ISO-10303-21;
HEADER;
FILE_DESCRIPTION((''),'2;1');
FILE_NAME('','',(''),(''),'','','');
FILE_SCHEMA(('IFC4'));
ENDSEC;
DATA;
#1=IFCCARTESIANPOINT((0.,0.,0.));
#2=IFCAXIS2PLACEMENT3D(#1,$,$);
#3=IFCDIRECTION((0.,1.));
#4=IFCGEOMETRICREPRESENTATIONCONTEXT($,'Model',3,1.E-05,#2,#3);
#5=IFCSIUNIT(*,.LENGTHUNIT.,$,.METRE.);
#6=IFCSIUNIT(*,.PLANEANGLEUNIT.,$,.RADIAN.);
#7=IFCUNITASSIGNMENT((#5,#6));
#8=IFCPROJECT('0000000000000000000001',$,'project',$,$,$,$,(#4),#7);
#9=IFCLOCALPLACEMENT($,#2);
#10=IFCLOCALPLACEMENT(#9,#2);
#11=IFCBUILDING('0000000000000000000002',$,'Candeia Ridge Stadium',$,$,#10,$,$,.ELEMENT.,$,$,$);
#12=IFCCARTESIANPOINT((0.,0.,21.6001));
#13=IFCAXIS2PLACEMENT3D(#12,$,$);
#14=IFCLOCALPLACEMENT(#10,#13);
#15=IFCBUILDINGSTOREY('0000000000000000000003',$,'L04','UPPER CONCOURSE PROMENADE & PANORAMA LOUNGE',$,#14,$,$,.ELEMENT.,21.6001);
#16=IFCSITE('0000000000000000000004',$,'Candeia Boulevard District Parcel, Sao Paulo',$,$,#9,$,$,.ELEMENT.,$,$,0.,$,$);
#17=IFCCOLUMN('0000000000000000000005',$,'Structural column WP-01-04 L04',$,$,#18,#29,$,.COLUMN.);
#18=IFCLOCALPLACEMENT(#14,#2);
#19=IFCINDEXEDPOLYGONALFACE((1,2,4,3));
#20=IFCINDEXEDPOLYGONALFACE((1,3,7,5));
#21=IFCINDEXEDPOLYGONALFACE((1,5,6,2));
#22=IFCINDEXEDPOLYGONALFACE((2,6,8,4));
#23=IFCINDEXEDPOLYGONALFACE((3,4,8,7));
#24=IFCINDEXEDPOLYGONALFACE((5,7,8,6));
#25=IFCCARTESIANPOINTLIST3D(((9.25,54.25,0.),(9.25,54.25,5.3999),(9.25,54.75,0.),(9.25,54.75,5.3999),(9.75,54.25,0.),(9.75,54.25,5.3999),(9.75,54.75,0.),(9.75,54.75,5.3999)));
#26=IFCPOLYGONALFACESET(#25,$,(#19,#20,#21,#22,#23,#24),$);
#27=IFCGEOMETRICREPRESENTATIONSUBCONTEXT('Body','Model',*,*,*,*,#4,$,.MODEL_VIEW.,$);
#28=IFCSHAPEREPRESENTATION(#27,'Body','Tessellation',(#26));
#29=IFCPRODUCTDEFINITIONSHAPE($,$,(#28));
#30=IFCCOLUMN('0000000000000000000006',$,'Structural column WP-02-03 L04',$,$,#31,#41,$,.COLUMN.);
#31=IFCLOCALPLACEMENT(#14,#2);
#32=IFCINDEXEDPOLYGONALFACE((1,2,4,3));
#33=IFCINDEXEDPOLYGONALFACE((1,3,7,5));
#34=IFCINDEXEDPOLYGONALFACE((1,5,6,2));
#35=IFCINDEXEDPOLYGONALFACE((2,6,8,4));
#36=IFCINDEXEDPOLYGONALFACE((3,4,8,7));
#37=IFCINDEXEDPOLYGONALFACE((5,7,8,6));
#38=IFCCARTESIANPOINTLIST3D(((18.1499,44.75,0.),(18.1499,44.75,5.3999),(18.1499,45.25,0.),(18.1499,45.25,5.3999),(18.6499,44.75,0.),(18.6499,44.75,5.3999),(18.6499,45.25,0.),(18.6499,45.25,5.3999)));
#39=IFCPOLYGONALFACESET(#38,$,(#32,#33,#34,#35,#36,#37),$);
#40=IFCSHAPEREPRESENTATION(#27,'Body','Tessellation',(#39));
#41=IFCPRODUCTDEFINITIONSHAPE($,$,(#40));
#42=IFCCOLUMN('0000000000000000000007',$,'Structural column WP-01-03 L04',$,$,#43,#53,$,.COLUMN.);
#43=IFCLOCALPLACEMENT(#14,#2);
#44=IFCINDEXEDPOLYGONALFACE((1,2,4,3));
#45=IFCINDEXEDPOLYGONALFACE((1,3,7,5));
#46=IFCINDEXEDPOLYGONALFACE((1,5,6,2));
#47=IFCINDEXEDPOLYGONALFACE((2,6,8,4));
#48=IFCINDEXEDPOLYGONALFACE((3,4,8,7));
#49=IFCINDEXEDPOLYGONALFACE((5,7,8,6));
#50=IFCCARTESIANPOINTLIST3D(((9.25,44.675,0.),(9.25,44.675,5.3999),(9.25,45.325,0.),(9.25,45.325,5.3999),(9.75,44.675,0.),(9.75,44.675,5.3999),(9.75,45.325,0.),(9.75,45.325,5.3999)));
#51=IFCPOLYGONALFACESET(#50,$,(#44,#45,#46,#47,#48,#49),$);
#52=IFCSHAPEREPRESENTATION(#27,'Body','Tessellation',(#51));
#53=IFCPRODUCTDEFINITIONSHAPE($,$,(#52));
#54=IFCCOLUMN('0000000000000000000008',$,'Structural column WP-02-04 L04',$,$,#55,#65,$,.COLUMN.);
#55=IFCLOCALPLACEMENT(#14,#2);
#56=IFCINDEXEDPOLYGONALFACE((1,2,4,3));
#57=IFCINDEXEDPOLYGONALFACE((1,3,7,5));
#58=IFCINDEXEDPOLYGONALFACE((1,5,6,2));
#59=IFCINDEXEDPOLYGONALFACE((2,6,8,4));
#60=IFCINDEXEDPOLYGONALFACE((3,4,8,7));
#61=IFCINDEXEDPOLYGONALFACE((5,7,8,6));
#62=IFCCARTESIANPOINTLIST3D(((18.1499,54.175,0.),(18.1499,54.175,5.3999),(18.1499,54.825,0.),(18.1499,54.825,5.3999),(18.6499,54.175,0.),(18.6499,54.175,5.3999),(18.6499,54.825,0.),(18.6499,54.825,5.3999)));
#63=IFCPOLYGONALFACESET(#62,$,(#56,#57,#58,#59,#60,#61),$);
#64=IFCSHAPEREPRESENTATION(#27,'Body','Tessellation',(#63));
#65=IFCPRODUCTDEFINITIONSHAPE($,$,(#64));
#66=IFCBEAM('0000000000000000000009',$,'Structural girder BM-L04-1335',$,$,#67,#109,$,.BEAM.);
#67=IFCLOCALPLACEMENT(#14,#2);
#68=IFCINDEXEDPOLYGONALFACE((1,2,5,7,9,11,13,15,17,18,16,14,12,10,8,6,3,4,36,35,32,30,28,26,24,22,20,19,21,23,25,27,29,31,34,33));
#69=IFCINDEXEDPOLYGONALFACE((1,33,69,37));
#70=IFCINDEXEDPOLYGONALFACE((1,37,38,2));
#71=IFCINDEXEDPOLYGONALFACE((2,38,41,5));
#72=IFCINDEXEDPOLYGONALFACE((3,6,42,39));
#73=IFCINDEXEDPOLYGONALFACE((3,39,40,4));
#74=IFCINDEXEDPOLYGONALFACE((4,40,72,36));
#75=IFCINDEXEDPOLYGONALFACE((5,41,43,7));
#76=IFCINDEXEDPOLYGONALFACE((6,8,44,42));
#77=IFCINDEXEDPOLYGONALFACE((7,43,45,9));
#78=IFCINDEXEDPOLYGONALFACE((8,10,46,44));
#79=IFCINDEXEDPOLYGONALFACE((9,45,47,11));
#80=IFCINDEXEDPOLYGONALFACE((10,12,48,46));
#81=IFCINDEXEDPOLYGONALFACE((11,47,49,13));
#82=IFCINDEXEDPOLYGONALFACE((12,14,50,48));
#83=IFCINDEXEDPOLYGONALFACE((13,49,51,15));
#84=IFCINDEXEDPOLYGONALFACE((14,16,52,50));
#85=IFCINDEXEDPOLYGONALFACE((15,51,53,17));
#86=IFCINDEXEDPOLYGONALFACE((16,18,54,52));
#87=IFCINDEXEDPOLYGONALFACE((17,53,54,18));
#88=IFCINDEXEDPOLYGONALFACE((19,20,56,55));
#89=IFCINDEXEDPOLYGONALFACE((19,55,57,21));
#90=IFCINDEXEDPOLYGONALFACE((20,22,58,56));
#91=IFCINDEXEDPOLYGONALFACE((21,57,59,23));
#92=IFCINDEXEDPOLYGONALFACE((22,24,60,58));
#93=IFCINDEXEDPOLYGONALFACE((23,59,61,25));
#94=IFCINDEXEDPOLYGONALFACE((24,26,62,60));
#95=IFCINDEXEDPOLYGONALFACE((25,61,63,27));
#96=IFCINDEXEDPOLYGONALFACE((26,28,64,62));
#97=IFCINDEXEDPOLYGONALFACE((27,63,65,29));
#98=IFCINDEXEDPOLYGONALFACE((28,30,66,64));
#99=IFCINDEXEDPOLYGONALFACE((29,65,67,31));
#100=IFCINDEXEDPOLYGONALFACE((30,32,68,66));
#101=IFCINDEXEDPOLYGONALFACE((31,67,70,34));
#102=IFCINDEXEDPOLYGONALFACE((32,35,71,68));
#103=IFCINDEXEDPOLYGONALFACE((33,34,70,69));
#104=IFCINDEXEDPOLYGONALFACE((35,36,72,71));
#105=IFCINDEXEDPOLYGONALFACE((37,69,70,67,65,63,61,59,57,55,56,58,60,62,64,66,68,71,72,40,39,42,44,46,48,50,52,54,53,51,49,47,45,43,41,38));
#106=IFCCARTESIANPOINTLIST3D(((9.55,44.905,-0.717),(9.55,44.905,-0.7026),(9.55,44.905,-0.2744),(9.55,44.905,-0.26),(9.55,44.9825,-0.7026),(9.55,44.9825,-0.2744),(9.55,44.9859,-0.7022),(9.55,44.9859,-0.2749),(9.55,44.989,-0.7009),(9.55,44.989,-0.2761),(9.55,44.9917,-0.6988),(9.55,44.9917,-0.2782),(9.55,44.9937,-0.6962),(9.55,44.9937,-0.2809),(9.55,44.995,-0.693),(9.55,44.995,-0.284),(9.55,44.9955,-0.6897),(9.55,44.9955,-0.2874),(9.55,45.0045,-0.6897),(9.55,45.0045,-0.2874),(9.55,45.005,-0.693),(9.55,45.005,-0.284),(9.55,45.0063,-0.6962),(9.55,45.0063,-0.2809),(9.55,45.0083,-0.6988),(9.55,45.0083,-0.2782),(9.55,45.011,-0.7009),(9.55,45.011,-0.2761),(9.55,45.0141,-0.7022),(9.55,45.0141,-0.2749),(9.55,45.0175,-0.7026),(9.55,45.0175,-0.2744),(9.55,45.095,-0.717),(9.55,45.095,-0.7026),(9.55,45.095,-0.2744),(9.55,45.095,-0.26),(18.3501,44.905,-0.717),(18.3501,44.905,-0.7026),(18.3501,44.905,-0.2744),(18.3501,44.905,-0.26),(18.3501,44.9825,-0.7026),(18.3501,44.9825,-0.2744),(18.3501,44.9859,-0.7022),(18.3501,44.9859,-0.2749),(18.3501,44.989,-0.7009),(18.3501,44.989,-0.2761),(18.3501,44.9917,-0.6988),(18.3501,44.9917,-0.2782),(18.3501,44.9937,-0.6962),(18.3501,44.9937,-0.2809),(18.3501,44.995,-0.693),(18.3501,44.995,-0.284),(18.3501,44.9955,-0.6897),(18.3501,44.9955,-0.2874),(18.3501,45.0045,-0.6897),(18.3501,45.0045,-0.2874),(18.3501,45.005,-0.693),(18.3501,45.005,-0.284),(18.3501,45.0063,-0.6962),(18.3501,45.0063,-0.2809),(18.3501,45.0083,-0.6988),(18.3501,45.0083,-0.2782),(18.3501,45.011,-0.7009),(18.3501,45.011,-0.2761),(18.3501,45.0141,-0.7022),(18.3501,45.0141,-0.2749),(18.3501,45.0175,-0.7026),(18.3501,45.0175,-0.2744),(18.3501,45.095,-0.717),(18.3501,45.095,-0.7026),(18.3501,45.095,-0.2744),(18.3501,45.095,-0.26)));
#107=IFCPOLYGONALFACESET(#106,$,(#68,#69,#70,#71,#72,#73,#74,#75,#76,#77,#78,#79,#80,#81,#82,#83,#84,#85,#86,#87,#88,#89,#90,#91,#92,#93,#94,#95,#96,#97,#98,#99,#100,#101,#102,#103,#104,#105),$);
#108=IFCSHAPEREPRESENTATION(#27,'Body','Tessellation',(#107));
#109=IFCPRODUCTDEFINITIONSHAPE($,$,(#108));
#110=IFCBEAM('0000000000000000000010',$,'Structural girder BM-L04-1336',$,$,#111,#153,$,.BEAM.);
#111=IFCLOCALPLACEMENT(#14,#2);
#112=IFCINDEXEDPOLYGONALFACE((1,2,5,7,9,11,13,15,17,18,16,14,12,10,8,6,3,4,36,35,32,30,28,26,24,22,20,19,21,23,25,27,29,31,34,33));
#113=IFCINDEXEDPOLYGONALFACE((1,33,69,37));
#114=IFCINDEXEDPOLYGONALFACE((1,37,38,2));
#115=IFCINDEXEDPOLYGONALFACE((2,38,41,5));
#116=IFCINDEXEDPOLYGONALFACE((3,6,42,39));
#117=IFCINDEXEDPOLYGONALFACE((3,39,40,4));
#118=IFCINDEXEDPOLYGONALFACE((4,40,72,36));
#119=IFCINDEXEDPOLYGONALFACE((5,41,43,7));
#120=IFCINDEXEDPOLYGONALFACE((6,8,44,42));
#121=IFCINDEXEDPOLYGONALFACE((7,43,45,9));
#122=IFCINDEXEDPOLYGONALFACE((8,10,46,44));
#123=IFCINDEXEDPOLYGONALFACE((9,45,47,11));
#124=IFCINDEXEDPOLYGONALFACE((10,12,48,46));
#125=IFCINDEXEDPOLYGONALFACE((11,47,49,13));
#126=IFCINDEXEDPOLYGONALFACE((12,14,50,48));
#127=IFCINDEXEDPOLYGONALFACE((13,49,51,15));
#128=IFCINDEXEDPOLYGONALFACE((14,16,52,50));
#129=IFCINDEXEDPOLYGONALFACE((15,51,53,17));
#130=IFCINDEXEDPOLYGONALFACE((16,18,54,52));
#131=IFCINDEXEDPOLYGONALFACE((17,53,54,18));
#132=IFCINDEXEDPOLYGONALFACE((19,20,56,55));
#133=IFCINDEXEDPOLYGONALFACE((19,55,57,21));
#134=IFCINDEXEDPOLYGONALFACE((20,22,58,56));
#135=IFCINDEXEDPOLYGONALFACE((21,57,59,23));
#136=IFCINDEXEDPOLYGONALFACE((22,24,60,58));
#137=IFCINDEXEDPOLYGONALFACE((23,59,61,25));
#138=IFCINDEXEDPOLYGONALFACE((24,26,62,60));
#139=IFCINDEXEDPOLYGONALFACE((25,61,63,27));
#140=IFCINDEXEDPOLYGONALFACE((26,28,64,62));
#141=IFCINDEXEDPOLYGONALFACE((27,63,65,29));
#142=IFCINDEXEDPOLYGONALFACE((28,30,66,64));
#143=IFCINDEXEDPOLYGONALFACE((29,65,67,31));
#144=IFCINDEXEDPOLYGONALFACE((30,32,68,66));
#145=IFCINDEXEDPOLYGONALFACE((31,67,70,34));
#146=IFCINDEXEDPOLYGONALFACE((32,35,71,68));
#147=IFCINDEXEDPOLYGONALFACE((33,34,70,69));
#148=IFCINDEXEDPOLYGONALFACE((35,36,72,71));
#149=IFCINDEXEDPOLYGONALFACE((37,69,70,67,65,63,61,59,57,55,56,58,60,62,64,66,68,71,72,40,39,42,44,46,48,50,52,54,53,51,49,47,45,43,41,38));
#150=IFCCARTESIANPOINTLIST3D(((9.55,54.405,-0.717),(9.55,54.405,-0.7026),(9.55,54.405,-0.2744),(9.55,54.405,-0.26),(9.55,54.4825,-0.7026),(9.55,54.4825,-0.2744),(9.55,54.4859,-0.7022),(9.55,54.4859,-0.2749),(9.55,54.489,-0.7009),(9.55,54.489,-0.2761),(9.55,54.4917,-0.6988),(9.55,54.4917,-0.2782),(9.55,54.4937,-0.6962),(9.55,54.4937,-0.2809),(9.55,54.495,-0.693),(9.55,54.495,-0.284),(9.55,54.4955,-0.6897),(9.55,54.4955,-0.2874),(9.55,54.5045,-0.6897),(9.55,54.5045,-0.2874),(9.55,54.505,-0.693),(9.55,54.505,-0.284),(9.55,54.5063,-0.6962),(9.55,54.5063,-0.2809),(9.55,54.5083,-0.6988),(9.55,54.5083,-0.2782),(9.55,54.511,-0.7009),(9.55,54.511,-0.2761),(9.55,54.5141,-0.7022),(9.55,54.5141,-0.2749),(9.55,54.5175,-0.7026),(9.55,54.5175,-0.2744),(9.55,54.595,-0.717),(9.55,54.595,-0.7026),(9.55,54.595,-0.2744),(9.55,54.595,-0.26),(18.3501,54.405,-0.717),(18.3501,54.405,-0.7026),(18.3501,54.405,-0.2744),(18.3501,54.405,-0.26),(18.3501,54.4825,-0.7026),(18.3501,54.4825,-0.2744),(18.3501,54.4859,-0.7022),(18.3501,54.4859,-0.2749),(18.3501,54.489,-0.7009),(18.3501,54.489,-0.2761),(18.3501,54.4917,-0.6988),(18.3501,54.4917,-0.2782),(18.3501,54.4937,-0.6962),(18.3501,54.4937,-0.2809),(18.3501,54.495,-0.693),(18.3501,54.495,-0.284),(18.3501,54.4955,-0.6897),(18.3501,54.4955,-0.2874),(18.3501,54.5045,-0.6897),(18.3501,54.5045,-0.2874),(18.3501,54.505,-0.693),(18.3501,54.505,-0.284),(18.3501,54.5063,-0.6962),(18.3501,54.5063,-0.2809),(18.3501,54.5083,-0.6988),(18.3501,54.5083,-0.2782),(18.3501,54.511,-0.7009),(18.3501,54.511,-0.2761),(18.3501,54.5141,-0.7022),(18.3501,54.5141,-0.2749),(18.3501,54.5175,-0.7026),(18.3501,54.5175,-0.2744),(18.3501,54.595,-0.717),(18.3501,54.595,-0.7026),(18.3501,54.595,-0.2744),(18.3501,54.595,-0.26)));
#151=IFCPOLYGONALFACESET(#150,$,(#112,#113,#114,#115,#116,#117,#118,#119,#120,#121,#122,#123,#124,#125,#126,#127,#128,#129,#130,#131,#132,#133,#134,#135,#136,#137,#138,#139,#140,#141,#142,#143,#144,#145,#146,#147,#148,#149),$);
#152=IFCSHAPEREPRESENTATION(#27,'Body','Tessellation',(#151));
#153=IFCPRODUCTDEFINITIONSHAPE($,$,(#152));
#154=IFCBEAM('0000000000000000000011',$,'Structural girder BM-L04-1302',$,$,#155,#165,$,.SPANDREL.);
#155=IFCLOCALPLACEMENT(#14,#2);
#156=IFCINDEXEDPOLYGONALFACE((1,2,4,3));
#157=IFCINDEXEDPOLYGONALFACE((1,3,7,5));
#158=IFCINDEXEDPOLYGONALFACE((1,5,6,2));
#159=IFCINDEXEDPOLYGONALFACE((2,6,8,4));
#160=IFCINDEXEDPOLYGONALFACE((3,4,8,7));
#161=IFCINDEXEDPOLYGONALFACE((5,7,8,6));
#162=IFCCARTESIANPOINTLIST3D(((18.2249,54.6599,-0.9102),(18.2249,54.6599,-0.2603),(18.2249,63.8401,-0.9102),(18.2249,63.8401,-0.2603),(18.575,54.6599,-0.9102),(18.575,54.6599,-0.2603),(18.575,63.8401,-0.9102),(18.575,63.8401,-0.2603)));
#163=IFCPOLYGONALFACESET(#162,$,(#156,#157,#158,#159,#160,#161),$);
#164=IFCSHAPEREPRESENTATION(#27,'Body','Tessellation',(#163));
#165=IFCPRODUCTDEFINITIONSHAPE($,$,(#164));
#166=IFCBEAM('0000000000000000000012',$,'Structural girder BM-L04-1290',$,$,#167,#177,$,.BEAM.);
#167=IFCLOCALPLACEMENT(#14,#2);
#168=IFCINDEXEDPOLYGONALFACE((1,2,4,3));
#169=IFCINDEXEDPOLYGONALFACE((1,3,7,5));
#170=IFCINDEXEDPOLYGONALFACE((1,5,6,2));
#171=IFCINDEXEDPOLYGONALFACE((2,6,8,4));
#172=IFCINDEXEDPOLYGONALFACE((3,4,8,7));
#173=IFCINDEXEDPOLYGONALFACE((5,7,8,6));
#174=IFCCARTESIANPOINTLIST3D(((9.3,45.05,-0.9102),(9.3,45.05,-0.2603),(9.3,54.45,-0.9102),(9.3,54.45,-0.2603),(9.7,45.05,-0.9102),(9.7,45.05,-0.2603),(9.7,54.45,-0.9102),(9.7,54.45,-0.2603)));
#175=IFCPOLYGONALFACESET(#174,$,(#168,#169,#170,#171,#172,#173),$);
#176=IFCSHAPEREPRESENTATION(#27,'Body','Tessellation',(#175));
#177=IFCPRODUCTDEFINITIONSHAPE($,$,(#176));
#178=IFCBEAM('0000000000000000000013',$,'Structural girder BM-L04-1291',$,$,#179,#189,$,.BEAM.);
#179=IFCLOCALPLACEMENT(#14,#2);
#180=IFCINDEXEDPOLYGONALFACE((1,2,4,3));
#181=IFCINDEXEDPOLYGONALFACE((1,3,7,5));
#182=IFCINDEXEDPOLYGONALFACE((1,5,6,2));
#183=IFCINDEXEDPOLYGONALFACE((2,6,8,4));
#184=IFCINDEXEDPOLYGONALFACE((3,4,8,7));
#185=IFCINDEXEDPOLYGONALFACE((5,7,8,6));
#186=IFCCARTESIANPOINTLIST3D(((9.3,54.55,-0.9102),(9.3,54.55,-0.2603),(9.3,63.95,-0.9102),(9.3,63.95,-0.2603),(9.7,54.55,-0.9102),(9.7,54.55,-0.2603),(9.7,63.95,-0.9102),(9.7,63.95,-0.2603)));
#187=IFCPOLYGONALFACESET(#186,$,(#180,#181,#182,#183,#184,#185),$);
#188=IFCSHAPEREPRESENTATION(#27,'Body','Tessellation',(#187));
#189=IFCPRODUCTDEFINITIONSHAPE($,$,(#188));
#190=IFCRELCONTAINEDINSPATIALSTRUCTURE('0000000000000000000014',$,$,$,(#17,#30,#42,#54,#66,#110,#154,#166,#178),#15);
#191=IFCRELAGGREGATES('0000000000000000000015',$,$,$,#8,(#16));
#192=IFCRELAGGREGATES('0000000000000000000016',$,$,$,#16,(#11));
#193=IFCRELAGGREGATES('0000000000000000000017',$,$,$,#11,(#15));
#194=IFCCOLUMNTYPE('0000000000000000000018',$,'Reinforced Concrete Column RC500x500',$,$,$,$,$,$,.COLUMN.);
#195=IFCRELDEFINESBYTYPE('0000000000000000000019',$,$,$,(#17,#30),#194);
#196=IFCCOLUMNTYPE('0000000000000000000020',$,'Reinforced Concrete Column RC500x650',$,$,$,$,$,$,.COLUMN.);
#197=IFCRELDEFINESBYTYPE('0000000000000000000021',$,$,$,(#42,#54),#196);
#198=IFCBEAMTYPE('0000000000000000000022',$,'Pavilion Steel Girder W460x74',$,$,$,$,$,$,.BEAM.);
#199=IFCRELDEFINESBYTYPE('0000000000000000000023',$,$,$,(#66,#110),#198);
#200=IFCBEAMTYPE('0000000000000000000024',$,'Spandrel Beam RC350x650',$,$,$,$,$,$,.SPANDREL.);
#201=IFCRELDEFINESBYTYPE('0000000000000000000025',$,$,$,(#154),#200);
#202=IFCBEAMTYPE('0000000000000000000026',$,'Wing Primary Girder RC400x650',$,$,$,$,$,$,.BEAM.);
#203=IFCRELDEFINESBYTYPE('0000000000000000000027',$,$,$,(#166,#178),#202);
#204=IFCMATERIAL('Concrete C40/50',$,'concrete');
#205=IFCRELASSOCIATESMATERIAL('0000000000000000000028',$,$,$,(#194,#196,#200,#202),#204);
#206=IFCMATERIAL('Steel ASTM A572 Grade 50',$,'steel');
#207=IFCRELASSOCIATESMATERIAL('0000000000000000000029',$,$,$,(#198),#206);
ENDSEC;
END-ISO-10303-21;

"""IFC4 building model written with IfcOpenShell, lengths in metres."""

from ifc_helpers import new_model, si_unit, direction, frame, origin, origin_2d, place, context, subcontext, project, spatial, rectangle, i_section, extrude, material, material_profile, profile_set, type_object, element, save


model = new_model("IFC4")

# Units and contexts
model_context = context("Model", 3, precision=1e-05, world=origin(), true_north=direction((0.0, 1.0)))
body_context = subcontext(model_context, "Body", "Model", "MODEL_VIEW")
ifc_project = project(units=[si_unit("LENGTHUNIT", "METRE"), si_unit("PLANEANGLEUNIT", "RADIAN")], contexts=[model_context])

# Site, building, storey
site_placement = place(None, origin())
site = spatial("IfcSite", under=ifc_project, at=site_placement, Name="Candeia Boulevard District Parcel, Sao Paulo", CompositionType="ELEMENT", RefElevation=0.0)
building_placement = place(site_placement, origin())
building = spatial("IfcBuilding", under=site, at=building_placement, Name="Candeia Ridge Stadium", CompositionType="ELEMENT")
storey_placement = place(building_placement, frame((0.0, 0.0, 21.6001)))
storey = spatial("IfcBuildingStorey", under=building, at=storey_placement, Name="L04", Description="UPPER CONCOURSE PROMENADE & PANORAMA LOUNGE", CompositionType="ELEMENT", Elevation=21.6001)

# Columns
ifc_material_1 = material(Name="Concrete C40/50", Category="concrete")
ifc_material_profile_1 = material_profile(ifc_material_1, rectangle(XDim=0.5, YDim=0.5, at=origin_2d()), Name="RC500x500", Category="concrete")
ifc_profile_set_1 = profile_set([ifc_material_profile_1], Name="Concrete C40/50")
column_type_1 = type_object("IfcColumnType", Name="Reinforced Concrete Column RC500x500", PredefinedType="COLUMN", material=ifc_profile_set_1)
for number, where, z_axis, x_axis, name in (
    (1, (9.5, 54.5, 0.0), (0.0, 0.0, 1.0), (1.0, 0.0, 0.0), "Structural column WP-01-04 L04"),
    (2, (18.3999, 45.0, 0.0), (0.0, 0.0, 1.0), (1.0, 0.0, 0.0), "Structural column WP-02-03 L04"),
):
    element("IfcColumn", number, at=place(storey_placement, frame(where, z_axis=z_axis, x_axis=x_axis)), inside=storey, type_object=column_type_1, Name=name, PredefinedType="COLUMN", context=body_context, shape_type="SweptSolid", body=[
        extrude(rectangle(XDim=0.5, YDim=0.5, at=origin_2d()), origin(), (0.0, 0.0, 1.0), 5.3999),
    ])
ifc_material_profile_2 = material_profile(ifc_material_1, rectangle(XDim=0.5, YDim=0.6499, at=origin_2d()), Name="RC500x650", Category="concrete")
ifc_profile_set_2 = profile_set([ifc_material_profile_2], Name="Concrete C40/50")
column_type_2 = type_object("IfcColumnType", Name="Reinforced Concrete Column RC500x650", PredefinedType="COLUMN", material=ifc_profile_set_2)
for number, where, z_axis, x_axis, name in (
    (3, (9.5, 45.0, 0.0), (0.0, 0.0, 1.0), (1.0, 0.0, 0.0), "Structural column WP-01-03 L04"),
    (4, (18.3999, 54.5, 0.0), (0.0, 0.0, 1.0), (1.0, 0.0, 0.0), "Structural column WP-02-04 L04"),
):
    element("IfcColumn", number, at=place(storey_placement, frame(where, z_axis=z_axis, x_axis=x_axis)), inside=storey, type_object=column_type_2, Name=name, PredefinedType="COLUMN", context=body_context, shape_type="SweptSolid", body=[
        extrude(rectangle(XDim=0.5, YDim=0.6499, at=origin_2d()), origin(), (0.0, 0.0, 1.0), 5.3999),
    ])

# Beams
ifc_material_2 = material(Name="Steel ASTM A572 Grade 50", Category="steel")
ifc_material_profile_3 = material_profile(ifc_material_2, i_section(OverallWidth=0.1899, OverallDepth=0.457, WebThickness=0.009, FlangeThickness=0.0144, FilletRadius=0.0129, at=origin_2d()), Name="W460x74", Category="steel")
ifc_profile_set_3 = profile_set([ifc_material_profile_3], Name="Steel ASTM A572 Grade 50")
beam_type_1 = type_object("IfcBeamType", Name="Pavilion Steel Girder W460x74", PredefinedType="BEAM", material=ifc_profile_set_3)
for number, where, z_axis, x_axis, name in (
    (5, (9.55, 45.0, -0.4885), (1.0, 0.0, 0.0), (0.0, 1.0, 0.0), "Structural girder BM-L04-1335"),
    (6, (9.55, 54.5, -0.4885), (1.0, 0.0, 0.0), (0.0, 1.0, 0.0), "Structural girder BM-L04-1336"),
):
    element("IfcBeam", number, at=place(storey_placement, frame(where, z_axis=z_axis, x_axis=x_axis)), inside=storey, type_object=beam_type_1, Name=name, PredefinedType="BEAM", context=body_context, shape_type="SweptSolid", body=[
        extrude(i_section(OverallWidth=0.1899, OverallDepth=0.457, WebThickness=0.009, FlangeThickness=0.0144, FilletRadius=0.0129, at=origin_2d()), origin(), (0.0, 0.0, 1.0), 8.8),
    ])
ifc_material_profile_4 = material_profile(ifc_material_1, rectangle(XDim=0.3501, YDim=0.6499, at=origin_2d()), Name="RC350x650", Category="concrete")
ifc_profile_set_4 = profile_set([ifc_material_profile_4], Name="Concrete C40/50")
beam_type_2 = type_object("IfcBeamType", Name="Spandrel Beam RC350x650", PredefinedType="SPANDREL", material=ifc_profile_set_4)
beam_placement = place(storey_placement, frame((18.3999, 54.6599, -0.5852), z_axis=(0.0, 1.0, 0.0), x_axis=(-1.0, 0.0, 0.0)))
element("IfcBeam", 7, at=beam_placement, inside=storey, type_object=beam_type_2, Name="Structural girder BM-L04-1302", PredefinedType="SPANDREL", context=body_context, shape_type="SweptSolid", body=[
    extrude(rectangle(XDim=0.3501, YDim=0.6499, at=origin_2d()), origin(), (0.0, 0.0, 1.0), 9.1802),
])
ifc_material_profile_5 = material_profile(ifc_material_1, rectangle(XDim=0.3999, YDim=0.6499, at=origin_2d()), Name="RC400x650", Category="concrete")
ifc_profile_set_5 = profile_set([ifc_material_profile_5], Name="Concrete C40/50")
beam_type_3 = type_object("IfcBeamType", Name="Wing Primary Girder RC400x650", PredefinedType="BEAM", material=ifc_profile_set_5)
for number, where, z_axis, x_axis, name in (
    (8, (9.5, 45.05, -0.5852), (0.0, 1.0, 0.0), (-1.0, 0.0, 0.0), "Structural girder BM-L04-1290"),
    (9, (9.5, 54.55, -0.5852), (0.0, 1.0, 0.0), (-1.0, 0.0, 0.0), "Structural girder BM-L04-1291"),
):
    element("IfcBeam", number, at=place(storey_placement, frame(where, z_axis=z_axis, x_axis=x_axis)), inside=storey, type_object=beam_type_3, Name=name, PredefinedType="BEAM", context=body_context, shape_type="SweptSolid", body=[
        extrude(rectangle(XDim=0.3999, YDim=0.6499, at=origin_2d()), origin(), (0.0, 0.0, 1.0), 9.3999),
    ])

save(model, "model.ifc")
